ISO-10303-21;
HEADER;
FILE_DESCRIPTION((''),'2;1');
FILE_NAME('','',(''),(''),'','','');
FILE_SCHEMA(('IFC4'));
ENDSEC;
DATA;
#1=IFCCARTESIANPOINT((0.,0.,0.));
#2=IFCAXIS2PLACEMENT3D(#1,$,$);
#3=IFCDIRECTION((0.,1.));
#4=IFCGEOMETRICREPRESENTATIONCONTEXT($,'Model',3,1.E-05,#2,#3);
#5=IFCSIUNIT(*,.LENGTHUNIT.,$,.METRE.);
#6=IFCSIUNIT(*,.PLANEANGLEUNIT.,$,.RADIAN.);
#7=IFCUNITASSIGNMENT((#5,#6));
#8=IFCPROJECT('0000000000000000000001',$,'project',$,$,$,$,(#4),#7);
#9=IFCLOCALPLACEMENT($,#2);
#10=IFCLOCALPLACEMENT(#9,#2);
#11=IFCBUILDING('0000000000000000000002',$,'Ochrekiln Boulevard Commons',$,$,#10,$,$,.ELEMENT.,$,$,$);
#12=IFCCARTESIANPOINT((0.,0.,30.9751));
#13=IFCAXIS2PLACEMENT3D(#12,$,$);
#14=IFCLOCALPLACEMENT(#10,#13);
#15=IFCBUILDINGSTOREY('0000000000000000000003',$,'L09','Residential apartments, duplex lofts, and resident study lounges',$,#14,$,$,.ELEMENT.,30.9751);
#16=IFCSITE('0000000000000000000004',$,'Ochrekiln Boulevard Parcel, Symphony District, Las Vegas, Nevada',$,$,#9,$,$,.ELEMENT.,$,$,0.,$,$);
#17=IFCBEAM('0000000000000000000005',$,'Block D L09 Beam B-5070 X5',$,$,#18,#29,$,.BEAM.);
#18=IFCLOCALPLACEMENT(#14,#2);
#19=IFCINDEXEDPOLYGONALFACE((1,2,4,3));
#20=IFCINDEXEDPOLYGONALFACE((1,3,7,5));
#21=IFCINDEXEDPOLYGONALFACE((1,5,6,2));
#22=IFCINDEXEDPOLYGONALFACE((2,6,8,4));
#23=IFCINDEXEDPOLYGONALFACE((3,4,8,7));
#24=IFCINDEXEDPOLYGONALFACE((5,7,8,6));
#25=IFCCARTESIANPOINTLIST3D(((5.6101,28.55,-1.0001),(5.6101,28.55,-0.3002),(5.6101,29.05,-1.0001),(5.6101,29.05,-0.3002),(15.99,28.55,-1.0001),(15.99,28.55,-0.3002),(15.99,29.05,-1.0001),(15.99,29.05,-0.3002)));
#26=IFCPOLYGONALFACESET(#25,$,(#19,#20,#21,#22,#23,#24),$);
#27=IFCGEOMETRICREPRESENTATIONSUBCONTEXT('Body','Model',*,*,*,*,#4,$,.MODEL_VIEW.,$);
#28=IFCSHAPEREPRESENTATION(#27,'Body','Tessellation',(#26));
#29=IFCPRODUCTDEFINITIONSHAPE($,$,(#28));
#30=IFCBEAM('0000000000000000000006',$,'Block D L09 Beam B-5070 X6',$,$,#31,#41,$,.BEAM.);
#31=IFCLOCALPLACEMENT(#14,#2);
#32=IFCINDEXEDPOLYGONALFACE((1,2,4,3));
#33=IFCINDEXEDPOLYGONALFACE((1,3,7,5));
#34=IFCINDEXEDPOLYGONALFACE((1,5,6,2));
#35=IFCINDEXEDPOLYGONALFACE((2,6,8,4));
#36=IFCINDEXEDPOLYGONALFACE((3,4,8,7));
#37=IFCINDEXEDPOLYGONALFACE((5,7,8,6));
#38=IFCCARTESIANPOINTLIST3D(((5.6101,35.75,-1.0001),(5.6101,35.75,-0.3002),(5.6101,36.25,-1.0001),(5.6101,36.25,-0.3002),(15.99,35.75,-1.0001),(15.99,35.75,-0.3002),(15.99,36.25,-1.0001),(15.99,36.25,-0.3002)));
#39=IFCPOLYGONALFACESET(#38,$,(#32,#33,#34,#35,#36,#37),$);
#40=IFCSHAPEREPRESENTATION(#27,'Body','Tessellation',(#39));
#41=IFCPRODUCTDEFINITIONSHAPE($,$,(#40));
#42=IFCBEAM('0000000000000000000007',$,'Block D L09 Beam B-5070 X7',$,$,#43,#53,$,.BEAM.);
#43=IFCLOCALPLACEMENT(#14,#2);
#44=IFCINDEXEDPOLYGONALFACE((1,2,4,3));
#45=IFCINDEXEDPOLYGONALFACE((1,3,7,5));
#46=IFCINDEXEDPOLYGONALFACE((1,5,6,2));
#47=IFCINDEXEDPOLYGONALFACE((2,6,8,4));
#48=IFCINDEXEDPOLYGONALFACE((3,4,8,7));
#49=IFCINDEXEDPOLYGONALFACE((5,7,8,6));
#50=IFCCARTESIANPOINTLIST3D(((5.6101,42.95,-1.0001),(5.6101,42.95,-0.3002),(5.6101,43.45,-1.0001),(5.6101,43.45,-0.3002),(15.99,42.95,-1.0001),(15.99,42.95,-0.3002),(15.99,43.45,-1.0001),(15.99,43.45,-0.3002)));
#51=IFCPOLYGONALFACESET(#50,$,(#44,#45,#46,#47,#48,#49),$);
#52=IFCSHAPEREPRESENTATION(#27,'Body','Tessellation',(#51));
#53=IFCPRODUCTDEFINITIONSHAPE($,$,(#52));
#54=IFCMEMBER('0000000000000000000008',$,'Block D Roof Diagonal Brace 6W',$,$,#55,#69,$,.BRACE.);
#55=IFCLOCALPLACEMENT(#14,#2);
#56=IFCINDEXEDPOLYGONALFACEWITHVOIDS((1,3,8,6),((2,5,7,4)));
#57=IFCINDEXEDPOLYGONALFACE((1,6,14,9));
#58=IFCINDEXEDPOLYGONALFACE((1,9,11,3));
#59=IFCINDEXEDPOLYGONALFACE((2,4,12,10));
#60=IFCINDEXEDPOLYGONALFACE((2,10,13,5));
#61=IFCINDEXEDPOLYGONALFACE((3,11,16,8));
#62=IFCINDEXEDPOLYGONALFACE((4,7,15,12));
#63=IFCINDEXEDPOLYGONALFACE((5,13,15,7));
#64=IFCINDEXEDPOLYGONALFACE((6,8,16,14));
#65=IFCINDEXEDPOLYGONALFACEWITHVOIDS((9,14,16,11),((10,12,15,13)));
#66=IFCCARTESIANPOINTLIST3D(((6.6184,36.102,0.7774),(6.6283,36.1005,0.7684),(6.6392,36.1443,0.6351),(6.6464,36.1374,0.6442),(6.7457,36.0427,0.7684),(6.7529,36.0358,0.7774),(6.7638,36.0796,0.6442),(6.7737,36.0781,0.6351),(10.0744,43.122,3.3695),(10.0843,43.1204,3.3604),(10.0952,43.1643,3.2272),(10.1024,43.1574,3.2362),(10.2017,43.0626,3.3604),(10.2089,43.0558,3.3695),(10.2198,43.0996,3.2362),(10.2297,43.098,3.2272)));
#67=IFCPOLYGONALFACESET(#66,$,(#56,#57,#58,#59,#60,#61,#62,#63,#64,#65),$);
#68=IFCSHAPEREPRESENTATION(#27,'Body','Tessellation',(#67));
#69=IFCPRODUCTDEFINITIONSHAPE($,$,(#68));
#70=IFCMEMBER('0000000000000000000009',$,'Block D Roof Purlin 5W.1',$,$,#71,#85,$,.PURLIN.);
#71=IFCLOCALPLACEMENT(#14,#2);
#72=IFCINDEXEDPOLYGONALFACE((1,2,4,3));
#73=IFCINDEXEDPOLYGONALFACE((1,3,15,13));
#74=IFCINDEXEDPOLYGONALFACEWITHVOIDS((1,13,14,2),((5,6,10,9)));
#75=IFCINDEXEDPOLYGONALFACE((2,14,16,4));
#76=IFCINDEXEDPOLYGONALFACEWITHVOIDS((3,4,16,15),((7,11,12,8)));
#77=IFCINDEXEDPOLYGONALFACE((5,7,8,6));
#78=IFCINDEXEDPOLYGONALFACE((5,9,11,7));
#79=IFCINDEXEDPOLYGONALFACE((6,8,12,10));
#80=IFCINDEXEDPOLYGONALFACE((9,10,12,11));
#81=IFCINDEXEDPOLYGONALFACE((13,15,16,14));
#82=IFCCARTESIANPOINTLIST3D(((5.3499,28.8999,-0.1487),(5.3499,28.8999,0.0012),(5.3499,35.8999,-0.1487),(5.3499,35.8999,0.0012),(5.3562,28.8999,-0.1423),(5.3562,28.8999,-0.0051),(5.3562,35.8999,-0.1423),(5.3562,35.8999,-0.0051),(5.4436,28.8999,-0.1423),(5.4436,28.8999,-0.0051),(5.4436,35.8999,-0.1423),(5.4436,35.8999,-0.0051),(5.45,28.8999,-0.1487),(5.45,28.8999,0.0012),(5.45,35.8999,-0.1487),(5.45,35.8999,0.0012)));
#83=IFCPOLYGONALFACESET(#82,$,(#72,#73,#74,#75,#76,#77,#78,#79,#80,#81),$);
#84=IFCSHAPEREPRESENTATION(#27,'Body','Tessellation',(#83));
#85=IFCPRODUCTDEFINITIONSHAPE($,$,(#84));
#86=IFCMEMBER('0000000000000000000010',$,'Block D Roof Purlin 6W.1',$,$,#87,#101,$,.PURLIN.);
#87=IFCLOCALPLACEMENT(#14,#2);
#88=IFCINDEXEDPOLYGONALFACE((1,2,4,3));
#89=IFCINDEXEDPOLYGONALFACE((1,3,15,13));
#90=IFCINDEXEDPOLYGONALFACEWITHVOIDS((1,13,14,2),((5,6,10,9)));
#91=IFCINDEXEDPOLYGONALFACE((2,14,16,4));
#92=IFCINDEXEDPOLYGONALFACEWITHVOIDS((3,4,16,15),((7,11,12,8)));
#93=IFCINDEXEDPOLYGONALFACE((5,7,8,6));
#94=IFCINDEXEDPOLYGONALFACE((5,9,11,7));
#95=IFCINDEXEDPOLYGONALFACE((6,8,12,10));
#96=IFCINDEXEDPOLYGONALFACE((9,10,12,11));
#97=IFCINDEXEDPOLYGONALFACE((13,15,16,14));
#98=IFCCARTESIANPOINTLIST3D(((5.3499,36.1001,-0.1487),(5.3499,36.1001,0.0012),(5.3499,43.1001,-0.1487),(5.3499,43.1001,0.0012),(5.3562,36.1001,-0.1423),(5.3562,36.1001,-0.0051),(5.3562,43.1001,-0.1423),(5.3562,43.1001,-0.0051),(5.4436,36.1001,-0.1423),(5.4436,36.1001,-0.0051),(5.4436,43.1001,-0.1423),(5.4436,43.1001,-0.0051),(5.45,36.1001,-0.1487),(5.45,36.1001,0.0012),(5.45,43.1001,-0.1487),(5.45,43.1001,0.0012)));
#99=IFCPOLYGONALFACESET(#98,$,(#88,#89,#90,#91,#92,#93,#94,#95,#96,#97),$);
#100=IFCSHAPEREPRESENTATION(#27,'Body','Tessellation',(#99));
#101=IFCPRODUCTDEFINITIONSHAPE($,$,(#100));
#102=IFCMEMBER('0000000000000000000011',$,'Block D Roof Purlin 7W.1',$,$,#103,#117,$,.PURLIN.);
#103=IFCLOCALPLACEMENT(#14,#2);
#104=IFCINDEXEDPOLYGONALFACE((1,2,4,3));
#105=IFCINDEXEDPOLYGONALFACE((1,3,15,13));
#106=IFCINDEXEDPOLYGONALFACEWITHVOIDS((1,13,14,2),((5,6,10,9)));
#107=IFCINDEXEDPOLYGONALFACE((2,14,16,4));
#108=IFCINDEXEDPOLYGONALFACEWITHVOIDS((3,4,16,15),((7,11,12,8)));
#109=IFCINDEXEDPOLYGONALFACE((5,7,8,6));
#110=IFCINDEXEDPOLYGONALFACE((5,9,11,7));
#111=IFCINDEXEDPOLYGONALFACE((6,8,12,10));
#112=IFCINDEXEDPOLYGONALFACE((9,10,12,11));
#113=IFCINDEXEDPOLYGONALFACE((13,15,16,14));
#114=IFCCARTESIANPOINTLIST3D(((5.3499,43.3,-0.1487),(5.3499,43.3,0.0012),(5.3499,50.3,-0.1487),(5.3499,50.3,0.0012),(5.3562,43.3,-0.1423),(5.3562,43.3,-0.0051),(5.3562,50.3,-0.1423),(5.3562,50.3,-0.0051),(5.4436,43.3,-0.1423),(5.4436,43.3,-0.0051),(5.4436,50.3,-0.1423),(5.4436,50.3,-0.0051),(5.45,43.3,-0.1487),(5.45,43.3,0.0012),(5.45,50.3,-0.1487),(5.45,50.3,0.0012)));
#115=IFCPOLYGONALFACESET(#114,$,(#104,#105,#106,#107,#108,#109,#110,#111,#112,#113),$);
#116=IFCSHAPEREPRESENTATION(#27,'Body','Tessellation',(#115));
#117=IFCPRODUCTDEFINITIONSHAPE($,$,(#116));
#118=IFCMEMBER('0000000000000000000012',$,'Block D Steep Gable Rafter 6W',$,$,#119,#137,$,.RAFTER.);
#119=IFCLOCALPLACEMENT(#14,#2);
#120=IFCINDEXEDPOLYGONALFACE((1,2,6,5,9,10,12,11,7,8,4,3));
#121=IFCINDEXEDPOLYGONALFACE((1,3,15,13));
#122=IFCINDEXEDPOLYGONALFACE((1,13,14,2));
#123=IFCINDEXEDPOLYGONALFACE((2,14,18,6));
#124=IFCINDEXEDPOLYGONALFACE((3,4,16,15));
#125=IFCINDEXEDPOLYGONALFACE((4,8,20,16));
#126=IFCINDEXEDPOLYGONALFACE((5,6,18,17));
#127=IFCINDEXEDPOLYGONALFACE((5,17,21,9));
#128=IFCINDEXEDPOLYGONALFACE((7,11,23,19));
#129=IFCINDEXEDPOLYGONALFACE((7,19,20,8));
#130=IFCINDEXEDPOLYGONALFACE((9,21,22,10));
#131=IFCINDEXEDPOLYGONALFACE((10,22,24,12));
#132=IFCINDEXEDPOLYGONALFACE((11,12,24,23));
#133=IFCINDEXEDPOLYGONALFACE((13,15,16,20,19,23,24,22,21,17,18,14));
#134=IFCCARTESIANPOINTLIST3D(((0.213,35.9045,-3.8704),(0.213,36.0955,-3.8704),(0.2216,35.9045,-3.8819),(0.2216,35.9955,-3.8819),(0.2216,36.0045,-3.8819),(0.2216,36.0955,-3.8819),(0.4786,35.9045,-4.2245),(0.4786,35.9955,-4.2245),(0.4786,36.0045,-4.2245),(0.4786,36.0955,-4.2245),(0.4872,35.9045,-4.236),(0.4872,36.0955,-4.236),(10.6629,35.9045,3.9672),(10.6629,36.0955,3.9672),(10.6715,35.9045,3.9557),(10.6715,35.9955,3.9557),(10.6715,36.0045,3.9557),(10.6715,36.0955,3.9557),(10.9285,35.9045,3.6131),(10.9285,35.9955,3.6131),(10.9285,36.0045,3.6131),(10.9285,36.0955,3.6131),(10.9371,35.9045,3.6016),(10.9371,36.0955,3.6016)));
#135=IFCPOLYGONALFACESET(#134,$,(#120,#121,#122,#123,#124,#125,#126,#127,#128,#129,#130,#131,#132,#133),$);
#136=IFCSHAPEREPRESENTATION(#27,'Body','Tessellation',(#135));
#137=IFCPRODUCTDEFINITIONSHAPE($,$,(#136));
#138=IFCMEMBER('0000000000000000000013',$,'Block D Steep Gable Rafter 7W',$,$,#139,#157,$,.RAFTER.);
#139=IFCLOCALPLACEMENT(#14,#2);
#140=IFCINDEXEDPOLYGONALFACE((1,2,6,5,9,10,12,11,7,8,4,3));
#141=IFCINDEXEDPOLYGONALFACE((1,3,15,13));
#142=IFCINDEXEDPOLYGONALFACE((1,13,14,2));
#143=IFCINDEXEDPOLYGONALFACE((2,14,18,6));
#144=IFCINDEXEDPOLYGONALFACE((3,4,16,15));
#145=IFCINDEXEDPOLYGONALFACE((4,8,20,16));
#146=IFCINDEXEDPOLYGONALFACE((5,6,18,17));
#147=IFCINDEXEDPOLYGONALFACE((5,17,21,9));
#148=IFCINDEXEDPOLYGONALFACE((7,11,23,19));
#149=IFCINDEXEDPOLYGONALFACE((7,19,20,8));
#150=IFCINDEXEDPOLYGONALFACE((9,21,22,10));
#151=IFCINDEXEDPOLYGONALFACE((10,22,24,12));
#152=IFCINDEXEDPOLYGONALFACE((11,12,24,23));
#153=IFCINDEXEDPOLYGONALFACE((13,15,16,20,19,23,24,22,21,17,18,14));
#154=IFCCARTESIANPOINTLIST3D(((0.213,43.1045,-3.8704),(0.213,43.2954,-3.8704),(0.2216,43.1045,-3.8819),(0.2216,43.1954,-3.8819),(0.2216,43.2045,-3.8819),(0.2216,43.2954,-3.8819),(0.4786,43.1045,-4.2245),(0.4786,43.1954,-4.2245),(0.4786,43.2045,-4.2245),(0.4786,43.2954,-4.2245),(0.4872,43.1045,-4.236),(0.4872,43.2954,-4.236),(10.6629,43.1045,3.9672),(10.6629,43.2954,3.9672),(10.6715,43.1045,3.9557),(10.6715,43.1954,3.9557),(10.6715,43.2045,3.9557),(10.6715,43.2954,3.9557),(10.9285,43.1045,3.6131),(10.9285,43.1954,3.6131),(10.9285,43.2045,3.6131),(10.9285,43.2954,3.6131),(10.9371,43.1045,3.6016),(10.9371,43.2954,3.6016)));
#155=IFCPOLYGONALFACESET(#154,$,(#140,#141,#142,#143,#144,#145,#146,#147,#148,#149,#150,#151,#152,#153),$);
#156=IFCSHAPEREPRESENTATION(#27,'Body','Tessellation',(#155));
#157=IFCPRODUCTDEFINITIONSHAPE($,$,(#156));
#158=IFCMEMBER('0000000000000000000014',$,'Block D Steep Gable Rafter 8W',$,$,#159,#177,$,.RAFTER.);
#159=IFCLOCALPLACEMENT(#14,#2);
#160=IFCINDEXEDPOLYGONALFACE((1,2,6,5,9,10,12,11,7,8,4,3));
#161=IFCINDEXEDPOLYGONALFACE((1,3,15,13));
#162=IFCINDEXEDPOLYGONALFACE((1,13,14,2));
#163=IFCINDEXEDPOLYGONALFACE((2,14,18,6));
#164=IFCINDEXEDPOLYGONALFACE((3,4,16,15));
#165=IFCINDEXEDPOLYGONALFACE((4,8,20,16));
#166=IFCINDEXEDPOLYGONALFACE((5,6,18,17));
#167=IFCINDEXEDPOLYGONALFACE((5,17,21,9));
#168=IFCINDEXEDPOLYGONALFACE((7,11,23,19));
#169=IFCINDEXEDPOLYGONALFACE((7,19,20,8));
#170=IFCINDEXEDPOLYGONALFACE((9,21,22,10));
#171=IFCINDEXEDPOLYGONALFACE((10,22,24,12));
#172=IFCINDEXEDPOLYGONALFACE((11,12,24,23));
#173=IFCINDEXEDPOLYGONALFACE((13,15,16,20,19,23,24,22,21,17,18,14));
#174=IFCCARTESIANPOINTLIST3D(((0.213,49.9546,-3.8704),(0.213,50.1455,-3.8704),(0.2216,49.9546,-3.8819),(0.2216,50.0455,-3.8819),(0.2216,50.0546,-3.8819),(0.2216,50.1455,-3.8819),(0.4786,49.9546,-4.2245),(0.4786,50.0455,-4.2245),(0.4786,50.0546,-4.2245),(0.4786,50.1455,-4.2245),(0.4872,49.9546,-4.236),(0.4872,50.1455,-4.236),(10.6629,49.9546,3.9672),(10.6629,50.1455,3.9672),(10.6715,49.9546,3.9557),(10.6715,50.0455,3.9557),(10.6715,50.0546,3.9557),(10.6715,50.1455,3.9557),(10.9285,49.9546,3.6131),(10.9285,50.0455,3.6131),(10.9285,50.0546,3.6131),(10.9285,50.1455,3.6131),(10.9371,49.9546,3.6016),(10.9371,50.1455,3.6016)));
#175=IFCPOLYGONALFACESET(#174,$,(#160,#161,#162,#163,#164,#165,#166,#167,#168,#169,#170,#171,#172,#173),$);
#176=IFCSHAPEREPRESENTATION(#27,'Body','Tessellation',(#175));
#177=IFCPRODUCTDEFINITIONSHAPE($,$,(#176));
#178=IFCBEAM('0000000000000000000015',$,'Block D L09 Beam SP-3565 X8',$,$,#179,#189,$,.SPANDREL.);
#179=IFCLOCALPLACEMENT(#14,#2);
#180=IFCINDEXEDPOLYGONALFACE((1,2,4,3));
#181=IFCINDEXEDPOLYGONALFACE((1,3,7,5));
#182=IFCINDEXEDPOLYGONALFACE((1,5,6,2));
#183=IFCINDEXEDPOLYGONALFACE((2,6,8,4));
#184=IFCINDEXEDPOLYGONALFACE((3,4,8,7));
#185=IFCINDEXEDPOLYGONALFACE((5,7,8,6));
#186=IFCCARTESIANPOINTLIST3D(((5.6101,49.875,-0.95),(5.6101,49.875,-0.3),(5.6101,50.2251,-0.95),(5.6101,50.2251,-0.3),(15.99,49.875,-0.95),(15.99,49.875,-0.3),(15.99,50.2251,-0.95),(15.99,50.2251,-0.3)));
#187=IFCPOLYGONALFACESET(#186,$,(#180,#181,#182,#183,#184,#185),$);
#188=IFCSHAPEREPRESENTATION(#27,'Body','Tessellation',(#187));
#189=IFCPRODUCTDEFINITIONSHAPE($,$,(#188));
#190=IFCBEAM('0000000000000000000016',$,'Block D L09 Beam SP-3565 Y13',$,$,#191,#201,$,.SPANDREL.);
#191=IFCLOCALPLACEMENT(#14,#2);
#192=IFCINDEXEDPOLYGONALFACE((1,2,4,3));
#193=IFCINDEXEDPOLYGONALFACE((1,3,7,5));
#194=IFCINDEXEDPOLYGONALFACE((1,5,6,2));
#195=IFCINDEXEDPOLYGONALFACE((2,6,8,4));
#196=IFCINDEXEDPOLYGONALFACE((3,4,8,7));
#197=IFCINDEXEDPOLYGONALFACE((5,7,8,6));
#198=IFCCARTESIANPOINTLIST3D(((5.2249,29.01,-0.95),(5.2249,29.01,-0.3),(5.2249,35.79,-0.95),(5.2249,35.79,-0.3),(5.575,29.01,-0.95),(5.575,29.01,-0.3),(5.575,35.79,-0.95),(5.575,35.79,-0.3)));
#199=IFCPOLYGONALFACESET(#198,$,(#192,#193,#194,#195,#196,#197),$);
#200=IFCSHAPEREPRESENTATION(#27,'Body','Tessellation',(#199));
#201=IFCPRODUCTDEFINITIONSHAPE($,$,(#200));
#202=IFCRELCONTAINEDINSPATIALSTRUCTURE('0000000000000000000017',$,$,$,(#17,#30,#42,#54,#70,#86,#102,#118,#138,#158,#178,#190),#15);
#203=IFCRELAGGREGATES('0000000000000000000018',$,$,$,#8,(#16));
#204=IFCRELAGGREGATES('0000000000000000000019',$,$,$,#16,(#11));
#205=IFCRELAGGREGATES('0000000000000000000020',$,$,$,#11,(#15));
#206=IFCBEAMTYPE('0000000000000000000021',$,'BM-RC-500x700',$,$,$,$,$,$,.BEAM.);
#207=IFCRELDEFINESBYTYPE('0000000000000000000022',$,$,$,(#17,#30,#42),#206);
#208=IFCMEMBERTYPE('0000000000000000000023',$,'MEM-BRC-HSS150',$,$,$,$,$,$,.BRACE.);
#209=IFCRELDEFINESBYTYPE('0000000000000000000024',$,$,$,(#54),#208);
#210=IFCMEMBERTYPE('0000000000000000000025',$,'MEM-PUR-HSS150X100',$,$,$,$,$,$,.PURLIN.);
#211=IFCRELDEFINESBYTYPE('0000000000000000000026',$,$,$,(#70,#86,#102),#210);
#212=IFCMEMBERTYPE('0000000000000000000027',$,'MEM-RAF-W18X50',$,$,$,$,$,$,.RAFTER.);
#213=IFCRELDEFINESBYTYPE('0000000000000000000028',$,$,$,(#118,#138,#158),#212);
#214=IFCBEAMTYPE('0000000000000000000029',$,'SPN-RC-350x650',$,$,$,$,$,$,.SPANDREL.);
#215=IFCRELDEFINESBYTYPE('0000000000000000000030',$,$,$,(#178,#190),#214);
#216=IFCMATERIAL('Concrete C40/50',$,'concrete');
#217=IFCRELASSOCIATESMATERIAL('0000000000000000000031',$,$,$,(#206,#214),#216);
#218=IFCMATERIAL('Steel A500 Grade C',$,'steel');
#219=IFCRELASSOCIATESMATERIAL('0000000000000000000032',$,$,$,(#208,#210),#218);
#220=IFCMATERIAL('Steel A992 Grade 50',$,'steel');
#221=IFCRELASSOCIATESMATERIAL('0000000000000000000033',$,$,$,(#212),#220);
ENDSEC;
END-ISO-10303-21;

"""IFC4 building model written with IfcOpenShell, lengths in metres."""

from ifc_helpers import new_model, si_unit, direction, frame, origin, origin_2d, place, context, subcontext, project, spatial, rectangle, hollow_rectangle, i_section, extrude, material, material_profile, profile_set, type_object, element, save


model = new_model("IFC4")

# Units and contexts
model_context = context("Model", 3, precision=1e-05, world=origin(), true_north=direction((0.0, 1.0)))
body_context = subcontext(model_context, "Body", "Model", "MODEL_VIEW")
ifc_project = project(units=[si_unit("LENGTHUNIT", "METRE"), si_unit("PLANEANGLEUNIT", "RADIAN")], contexts=[model_context])

# Site, building, storey
site_placement = place(None, origin())
site = spatial("IfcSite", under=ifc_project, at=site_placement, Name="Ochrekiln Boulevard Parcel, Symphony District, Las Vegas, Nevada", CompositionType="ELEMENT", RefElevation=0.0)
building_placement = place(site_placement, origin())
building = spatial("IfcBuilding", under=site, at=building_placement, Name="Ochrekiln Boulevard Commons", CompositionType="ELEMENT")
storey_placement = place(building_placement, frame((0.0, 0.0, 30.9751)))
storey = spatial("IfcBuildingStorey", under=building, at=storey_placement, Name="L09", Description="Residential apartments, duplex lofts, and resident study lounges", CompositionType="ELEMENT", Elevation=30.9751)

# Beams
ifc_material_1 = material(Name="Concrete C40/50", Category="concrete")
ifc_material_profile_1 = material_profile(ifc_material_1, rectangle(XDim=0.5, YDim=0.7, at=origin_2d()), Name="RC-BM-500x700")
ifc_profile_set_1 = profile_set([ifc_material_profile_1], Name="Concrete C40/50")
beam_type_1 = type_object("IfcBeamType", Name="BM-RC-500x700", PredefinedType="BEAM", material=ifc_profile_set_1)
for number, where, z_axis, x_axis, name in (
    (1, (5.6101, 28.8, -0.6501), (1.0, 0.0, 0.0), (0.0, 1.0, 0.0), "Block D L09 Beam B-5070 X5"),
    (2, (5.6101, 36.0, -0.6501), (1.0, 0.0, 0.0), (0.0, 1.0, 0.0), "Block D L09 Beam B-5070 X6"),
    (3, (5.6101, 43.2, -0.6501), (1.0, 0.0, 0.0), (0.0, 1.0, 0.0), "Block D L09 Beam B-5070 X7"),
):
    element("IfcBeam", number, at=place(storey_placement, frame(where, z_axis=z_axis, x_axis=x_axis)), inside=storey, type_object=beam_type_1, Name=name, PredefinedType="BEAM", context=body_context, shape_type="SweptSolid", body=[
        extrude(rectangle(XDim=0.5, YDim=0.7, at=origin_2d()), origin(), (0.0, 0.0, 1.0), 10.3799),
    ])

# Members
ifc_material_2 = material(Name="Steel A500 Grade C", Category="steel")
ifc_material_profile_2 = material_profile(ifc_material_2, hollow_rectangle(XDim=0.1499, YDim=0.1499, WallThickness=0.0095, at=origin_2d()), Name="HSS150X150X9.5")
ifc_profile_set_2 = profile_set([ifc_material_profile_2], Name="Steel A500 Grade C")
member_type_1 = type_object("IfcMemberType", Name="MEM-BRC-HSS150", PredefinedType="BRACE", material=ifc_profile_set_2)
member_placement = place(storey_placement, frame((6.696, 36.0901, 0.7063), z_axis=(0.419282, 0.851655, 0.314461), x_axis=(-0.897168, 0.441689, 0.0)))
element("IfcMember", 4, at=member_placement, inside=storey, type_object=member_type_1, Name="Block D Roof Diagonal Brace 6W", PredefinedType="BRACE", context=body_context, shape_type="SweptSolid", body=[
    extrude(hollow_rectangle(XDim=0.1499, YDim=0.1499, WallThickness=0.0095, at=origin_2d()), origin(), (0.0, 0.0, 1.0), 8.2427),
])
ifc_material_profile_3 = material_profile(ifc_material_2, hollow_rectangle(XDim=0.1001, YDim=0.1499, WallThickness=0.0063, at=origin_2d()), Name="HSS150X100X6.4")
ifc_profile_set_3 = profile_set([ifc_material_profile_3], Name="Steel A500 Grade C")
member_type_2 = type_object("IfcMemberType", Name="MEM-PUR-HSS150X100", PredefinedType="PURLIN", material=ifc_profile_set_3)
for number, where, z_axis, x_axis, name in (
    (5, (5.3999, 28.8999, -0.0737), (0.0, 1.0, 0.0), (-1.0, 0.0, 0.0), "Block D Roof Purlin 5W.1"),
    (6, (5.3999, 36.1001, -0.0737), (0.0, 1.0, 0.0), (-1.0, 0.0, 0.0), "Block D Roof Purlin 6W.1"),
    (7, (5.3999, 43.3, -0.0737), (0.0, 1.0, 0.0), (-1.0, 0.0, 0.0), "Block D Roof Purlin 7W.1"),
):
    element("IfcMember", number, at=place(storey_placement, frame(where, z_axis=z_axis, x_axis=x_axis)), inside=storey, type_object=member_type_2, Name=name, PredefinedType="PURLIN", context=body_context, shape_type="SweptSolid", body=[
        extrude(hollow_rectangle(XDim=0.1001, YDim=0.1499, WallThickness=0.0063, at=origin_2d()), origin(), (0.0, 0.0, 1.0), 7.0),
    ])
ifc_material_3 = material(Name="Steel A992 Grade 50", Category="steel")
ifc_material_profile_4 = material_profile(ifc_material_3, i_section(OverallWidth=0.1909, OverallDepth=0.457, WebThickness=0.009, FlangeThickness=0.0144, at=origin_2d()), Name="W18X50")
ifc_profile_set_4 = profile_set([ifc_material_profile_4], Name="Steel A992 Grade 50")
member_type_3 = type_object("IfcMemberType", Name="MEM-RAF-W18X50", PredefinedType="RAFTER", material=ifc_profile_set_4)
for number, where, z_axis, x_axis, name in (
    (8, (0.3501, 36.0, -4.0532), (0.799993, 0.0, 0.600009), (0.0, 1.0, 0.0), "Block D Steep Gable Rafter 6W"),
    (9, (0.3501, 43.2, -4.0532), (0.799993, 0.0, 0.600009), (0.0, 1.0, 0.0), "Block D Steep Gable Rafter 7W"),
    (10, (0.3501, 50.05, -4.0532), (0.799993, 0.0, 0.600009), (0.0, 1.0, 0.0), "Block D Steep Gable Rafter 8W"),
):
    element("IfcMember", number, at=place(storey_placement, frame(where, z_axis=z_axis, x_axis=x_axis)), inside=storey, type_object=member_type_3, Name=name, PredefinedType="RAFTER", context=body_context, shape_type="SweptSolid", body=[
        extrude(i_section(OverallWidth=0.1909, OverallDepth=0.457, WebThickness=0.009, FlangeThickness=0.0144, at=origin_2d()), origin(), (0.0, 0.0, 1.0), 13.0625),
    ])

# Beams
ifc_material_profile_5 = material_profile(ifc_material_1, rectangle(XDim=0.3501, YDim=0.6499, at=origin_2d()), Name="RC-SPN-350x650")
ifc_profile_set_5 = profile_set([ifc_material_profile_5], Name="Concrete C40/50")
beam_type_2 = type_object("IfcBeamType", Name="SPN-RC-350x650", PredefinedType="SPANDREL", material=ifc_profile_set_5)
beam_1_placement = place(storey_placement, frame((5.6101, 50.05, -0.625), z_axis=(1.0, 0.0, 0.0), x_axis=(0.0, 1.0, 0.0)))
element("IfcBeam", 11, at=beam_1_placement, inside=storey, type_object=beam_type_2, Name="Block D L09 Beam SP-3565 X8", PredefinedType="SPANDREL", context=body_context, shape_type="SweptSolid", body=[
    extrude(rectangle(XDim=0.3501, YDim=0.6499, at=origin_2d()), origin(), (0.0, 0.0, 1.0), 10.3799),
])
for number, where, z_axis, x_axis, name in (
    (12, (5.3999, 29.01, -0.625), (0.0, 1.0, 0.0), (-1.0, 0.0, 0.0), "Block D L09 Beam SP-3565 Y13"),
):
    element("IfcBeam", number, at=place(storey_placement, frame(where, z_axis=z_axis, x_axis=x_axis)), inside=storey, type_object=beam_type_2, Name=name, PredefinedType="SPANDREL", context=body_context, shape_type="SweptSolid", body=[
        extrude(rectangle(XDim=0.3501, YDim=0.6499, at=origin_2d()), origin(), (0.0, 0.0, 1.0), 6.78),
    ])

save(model, "model.ifc")
